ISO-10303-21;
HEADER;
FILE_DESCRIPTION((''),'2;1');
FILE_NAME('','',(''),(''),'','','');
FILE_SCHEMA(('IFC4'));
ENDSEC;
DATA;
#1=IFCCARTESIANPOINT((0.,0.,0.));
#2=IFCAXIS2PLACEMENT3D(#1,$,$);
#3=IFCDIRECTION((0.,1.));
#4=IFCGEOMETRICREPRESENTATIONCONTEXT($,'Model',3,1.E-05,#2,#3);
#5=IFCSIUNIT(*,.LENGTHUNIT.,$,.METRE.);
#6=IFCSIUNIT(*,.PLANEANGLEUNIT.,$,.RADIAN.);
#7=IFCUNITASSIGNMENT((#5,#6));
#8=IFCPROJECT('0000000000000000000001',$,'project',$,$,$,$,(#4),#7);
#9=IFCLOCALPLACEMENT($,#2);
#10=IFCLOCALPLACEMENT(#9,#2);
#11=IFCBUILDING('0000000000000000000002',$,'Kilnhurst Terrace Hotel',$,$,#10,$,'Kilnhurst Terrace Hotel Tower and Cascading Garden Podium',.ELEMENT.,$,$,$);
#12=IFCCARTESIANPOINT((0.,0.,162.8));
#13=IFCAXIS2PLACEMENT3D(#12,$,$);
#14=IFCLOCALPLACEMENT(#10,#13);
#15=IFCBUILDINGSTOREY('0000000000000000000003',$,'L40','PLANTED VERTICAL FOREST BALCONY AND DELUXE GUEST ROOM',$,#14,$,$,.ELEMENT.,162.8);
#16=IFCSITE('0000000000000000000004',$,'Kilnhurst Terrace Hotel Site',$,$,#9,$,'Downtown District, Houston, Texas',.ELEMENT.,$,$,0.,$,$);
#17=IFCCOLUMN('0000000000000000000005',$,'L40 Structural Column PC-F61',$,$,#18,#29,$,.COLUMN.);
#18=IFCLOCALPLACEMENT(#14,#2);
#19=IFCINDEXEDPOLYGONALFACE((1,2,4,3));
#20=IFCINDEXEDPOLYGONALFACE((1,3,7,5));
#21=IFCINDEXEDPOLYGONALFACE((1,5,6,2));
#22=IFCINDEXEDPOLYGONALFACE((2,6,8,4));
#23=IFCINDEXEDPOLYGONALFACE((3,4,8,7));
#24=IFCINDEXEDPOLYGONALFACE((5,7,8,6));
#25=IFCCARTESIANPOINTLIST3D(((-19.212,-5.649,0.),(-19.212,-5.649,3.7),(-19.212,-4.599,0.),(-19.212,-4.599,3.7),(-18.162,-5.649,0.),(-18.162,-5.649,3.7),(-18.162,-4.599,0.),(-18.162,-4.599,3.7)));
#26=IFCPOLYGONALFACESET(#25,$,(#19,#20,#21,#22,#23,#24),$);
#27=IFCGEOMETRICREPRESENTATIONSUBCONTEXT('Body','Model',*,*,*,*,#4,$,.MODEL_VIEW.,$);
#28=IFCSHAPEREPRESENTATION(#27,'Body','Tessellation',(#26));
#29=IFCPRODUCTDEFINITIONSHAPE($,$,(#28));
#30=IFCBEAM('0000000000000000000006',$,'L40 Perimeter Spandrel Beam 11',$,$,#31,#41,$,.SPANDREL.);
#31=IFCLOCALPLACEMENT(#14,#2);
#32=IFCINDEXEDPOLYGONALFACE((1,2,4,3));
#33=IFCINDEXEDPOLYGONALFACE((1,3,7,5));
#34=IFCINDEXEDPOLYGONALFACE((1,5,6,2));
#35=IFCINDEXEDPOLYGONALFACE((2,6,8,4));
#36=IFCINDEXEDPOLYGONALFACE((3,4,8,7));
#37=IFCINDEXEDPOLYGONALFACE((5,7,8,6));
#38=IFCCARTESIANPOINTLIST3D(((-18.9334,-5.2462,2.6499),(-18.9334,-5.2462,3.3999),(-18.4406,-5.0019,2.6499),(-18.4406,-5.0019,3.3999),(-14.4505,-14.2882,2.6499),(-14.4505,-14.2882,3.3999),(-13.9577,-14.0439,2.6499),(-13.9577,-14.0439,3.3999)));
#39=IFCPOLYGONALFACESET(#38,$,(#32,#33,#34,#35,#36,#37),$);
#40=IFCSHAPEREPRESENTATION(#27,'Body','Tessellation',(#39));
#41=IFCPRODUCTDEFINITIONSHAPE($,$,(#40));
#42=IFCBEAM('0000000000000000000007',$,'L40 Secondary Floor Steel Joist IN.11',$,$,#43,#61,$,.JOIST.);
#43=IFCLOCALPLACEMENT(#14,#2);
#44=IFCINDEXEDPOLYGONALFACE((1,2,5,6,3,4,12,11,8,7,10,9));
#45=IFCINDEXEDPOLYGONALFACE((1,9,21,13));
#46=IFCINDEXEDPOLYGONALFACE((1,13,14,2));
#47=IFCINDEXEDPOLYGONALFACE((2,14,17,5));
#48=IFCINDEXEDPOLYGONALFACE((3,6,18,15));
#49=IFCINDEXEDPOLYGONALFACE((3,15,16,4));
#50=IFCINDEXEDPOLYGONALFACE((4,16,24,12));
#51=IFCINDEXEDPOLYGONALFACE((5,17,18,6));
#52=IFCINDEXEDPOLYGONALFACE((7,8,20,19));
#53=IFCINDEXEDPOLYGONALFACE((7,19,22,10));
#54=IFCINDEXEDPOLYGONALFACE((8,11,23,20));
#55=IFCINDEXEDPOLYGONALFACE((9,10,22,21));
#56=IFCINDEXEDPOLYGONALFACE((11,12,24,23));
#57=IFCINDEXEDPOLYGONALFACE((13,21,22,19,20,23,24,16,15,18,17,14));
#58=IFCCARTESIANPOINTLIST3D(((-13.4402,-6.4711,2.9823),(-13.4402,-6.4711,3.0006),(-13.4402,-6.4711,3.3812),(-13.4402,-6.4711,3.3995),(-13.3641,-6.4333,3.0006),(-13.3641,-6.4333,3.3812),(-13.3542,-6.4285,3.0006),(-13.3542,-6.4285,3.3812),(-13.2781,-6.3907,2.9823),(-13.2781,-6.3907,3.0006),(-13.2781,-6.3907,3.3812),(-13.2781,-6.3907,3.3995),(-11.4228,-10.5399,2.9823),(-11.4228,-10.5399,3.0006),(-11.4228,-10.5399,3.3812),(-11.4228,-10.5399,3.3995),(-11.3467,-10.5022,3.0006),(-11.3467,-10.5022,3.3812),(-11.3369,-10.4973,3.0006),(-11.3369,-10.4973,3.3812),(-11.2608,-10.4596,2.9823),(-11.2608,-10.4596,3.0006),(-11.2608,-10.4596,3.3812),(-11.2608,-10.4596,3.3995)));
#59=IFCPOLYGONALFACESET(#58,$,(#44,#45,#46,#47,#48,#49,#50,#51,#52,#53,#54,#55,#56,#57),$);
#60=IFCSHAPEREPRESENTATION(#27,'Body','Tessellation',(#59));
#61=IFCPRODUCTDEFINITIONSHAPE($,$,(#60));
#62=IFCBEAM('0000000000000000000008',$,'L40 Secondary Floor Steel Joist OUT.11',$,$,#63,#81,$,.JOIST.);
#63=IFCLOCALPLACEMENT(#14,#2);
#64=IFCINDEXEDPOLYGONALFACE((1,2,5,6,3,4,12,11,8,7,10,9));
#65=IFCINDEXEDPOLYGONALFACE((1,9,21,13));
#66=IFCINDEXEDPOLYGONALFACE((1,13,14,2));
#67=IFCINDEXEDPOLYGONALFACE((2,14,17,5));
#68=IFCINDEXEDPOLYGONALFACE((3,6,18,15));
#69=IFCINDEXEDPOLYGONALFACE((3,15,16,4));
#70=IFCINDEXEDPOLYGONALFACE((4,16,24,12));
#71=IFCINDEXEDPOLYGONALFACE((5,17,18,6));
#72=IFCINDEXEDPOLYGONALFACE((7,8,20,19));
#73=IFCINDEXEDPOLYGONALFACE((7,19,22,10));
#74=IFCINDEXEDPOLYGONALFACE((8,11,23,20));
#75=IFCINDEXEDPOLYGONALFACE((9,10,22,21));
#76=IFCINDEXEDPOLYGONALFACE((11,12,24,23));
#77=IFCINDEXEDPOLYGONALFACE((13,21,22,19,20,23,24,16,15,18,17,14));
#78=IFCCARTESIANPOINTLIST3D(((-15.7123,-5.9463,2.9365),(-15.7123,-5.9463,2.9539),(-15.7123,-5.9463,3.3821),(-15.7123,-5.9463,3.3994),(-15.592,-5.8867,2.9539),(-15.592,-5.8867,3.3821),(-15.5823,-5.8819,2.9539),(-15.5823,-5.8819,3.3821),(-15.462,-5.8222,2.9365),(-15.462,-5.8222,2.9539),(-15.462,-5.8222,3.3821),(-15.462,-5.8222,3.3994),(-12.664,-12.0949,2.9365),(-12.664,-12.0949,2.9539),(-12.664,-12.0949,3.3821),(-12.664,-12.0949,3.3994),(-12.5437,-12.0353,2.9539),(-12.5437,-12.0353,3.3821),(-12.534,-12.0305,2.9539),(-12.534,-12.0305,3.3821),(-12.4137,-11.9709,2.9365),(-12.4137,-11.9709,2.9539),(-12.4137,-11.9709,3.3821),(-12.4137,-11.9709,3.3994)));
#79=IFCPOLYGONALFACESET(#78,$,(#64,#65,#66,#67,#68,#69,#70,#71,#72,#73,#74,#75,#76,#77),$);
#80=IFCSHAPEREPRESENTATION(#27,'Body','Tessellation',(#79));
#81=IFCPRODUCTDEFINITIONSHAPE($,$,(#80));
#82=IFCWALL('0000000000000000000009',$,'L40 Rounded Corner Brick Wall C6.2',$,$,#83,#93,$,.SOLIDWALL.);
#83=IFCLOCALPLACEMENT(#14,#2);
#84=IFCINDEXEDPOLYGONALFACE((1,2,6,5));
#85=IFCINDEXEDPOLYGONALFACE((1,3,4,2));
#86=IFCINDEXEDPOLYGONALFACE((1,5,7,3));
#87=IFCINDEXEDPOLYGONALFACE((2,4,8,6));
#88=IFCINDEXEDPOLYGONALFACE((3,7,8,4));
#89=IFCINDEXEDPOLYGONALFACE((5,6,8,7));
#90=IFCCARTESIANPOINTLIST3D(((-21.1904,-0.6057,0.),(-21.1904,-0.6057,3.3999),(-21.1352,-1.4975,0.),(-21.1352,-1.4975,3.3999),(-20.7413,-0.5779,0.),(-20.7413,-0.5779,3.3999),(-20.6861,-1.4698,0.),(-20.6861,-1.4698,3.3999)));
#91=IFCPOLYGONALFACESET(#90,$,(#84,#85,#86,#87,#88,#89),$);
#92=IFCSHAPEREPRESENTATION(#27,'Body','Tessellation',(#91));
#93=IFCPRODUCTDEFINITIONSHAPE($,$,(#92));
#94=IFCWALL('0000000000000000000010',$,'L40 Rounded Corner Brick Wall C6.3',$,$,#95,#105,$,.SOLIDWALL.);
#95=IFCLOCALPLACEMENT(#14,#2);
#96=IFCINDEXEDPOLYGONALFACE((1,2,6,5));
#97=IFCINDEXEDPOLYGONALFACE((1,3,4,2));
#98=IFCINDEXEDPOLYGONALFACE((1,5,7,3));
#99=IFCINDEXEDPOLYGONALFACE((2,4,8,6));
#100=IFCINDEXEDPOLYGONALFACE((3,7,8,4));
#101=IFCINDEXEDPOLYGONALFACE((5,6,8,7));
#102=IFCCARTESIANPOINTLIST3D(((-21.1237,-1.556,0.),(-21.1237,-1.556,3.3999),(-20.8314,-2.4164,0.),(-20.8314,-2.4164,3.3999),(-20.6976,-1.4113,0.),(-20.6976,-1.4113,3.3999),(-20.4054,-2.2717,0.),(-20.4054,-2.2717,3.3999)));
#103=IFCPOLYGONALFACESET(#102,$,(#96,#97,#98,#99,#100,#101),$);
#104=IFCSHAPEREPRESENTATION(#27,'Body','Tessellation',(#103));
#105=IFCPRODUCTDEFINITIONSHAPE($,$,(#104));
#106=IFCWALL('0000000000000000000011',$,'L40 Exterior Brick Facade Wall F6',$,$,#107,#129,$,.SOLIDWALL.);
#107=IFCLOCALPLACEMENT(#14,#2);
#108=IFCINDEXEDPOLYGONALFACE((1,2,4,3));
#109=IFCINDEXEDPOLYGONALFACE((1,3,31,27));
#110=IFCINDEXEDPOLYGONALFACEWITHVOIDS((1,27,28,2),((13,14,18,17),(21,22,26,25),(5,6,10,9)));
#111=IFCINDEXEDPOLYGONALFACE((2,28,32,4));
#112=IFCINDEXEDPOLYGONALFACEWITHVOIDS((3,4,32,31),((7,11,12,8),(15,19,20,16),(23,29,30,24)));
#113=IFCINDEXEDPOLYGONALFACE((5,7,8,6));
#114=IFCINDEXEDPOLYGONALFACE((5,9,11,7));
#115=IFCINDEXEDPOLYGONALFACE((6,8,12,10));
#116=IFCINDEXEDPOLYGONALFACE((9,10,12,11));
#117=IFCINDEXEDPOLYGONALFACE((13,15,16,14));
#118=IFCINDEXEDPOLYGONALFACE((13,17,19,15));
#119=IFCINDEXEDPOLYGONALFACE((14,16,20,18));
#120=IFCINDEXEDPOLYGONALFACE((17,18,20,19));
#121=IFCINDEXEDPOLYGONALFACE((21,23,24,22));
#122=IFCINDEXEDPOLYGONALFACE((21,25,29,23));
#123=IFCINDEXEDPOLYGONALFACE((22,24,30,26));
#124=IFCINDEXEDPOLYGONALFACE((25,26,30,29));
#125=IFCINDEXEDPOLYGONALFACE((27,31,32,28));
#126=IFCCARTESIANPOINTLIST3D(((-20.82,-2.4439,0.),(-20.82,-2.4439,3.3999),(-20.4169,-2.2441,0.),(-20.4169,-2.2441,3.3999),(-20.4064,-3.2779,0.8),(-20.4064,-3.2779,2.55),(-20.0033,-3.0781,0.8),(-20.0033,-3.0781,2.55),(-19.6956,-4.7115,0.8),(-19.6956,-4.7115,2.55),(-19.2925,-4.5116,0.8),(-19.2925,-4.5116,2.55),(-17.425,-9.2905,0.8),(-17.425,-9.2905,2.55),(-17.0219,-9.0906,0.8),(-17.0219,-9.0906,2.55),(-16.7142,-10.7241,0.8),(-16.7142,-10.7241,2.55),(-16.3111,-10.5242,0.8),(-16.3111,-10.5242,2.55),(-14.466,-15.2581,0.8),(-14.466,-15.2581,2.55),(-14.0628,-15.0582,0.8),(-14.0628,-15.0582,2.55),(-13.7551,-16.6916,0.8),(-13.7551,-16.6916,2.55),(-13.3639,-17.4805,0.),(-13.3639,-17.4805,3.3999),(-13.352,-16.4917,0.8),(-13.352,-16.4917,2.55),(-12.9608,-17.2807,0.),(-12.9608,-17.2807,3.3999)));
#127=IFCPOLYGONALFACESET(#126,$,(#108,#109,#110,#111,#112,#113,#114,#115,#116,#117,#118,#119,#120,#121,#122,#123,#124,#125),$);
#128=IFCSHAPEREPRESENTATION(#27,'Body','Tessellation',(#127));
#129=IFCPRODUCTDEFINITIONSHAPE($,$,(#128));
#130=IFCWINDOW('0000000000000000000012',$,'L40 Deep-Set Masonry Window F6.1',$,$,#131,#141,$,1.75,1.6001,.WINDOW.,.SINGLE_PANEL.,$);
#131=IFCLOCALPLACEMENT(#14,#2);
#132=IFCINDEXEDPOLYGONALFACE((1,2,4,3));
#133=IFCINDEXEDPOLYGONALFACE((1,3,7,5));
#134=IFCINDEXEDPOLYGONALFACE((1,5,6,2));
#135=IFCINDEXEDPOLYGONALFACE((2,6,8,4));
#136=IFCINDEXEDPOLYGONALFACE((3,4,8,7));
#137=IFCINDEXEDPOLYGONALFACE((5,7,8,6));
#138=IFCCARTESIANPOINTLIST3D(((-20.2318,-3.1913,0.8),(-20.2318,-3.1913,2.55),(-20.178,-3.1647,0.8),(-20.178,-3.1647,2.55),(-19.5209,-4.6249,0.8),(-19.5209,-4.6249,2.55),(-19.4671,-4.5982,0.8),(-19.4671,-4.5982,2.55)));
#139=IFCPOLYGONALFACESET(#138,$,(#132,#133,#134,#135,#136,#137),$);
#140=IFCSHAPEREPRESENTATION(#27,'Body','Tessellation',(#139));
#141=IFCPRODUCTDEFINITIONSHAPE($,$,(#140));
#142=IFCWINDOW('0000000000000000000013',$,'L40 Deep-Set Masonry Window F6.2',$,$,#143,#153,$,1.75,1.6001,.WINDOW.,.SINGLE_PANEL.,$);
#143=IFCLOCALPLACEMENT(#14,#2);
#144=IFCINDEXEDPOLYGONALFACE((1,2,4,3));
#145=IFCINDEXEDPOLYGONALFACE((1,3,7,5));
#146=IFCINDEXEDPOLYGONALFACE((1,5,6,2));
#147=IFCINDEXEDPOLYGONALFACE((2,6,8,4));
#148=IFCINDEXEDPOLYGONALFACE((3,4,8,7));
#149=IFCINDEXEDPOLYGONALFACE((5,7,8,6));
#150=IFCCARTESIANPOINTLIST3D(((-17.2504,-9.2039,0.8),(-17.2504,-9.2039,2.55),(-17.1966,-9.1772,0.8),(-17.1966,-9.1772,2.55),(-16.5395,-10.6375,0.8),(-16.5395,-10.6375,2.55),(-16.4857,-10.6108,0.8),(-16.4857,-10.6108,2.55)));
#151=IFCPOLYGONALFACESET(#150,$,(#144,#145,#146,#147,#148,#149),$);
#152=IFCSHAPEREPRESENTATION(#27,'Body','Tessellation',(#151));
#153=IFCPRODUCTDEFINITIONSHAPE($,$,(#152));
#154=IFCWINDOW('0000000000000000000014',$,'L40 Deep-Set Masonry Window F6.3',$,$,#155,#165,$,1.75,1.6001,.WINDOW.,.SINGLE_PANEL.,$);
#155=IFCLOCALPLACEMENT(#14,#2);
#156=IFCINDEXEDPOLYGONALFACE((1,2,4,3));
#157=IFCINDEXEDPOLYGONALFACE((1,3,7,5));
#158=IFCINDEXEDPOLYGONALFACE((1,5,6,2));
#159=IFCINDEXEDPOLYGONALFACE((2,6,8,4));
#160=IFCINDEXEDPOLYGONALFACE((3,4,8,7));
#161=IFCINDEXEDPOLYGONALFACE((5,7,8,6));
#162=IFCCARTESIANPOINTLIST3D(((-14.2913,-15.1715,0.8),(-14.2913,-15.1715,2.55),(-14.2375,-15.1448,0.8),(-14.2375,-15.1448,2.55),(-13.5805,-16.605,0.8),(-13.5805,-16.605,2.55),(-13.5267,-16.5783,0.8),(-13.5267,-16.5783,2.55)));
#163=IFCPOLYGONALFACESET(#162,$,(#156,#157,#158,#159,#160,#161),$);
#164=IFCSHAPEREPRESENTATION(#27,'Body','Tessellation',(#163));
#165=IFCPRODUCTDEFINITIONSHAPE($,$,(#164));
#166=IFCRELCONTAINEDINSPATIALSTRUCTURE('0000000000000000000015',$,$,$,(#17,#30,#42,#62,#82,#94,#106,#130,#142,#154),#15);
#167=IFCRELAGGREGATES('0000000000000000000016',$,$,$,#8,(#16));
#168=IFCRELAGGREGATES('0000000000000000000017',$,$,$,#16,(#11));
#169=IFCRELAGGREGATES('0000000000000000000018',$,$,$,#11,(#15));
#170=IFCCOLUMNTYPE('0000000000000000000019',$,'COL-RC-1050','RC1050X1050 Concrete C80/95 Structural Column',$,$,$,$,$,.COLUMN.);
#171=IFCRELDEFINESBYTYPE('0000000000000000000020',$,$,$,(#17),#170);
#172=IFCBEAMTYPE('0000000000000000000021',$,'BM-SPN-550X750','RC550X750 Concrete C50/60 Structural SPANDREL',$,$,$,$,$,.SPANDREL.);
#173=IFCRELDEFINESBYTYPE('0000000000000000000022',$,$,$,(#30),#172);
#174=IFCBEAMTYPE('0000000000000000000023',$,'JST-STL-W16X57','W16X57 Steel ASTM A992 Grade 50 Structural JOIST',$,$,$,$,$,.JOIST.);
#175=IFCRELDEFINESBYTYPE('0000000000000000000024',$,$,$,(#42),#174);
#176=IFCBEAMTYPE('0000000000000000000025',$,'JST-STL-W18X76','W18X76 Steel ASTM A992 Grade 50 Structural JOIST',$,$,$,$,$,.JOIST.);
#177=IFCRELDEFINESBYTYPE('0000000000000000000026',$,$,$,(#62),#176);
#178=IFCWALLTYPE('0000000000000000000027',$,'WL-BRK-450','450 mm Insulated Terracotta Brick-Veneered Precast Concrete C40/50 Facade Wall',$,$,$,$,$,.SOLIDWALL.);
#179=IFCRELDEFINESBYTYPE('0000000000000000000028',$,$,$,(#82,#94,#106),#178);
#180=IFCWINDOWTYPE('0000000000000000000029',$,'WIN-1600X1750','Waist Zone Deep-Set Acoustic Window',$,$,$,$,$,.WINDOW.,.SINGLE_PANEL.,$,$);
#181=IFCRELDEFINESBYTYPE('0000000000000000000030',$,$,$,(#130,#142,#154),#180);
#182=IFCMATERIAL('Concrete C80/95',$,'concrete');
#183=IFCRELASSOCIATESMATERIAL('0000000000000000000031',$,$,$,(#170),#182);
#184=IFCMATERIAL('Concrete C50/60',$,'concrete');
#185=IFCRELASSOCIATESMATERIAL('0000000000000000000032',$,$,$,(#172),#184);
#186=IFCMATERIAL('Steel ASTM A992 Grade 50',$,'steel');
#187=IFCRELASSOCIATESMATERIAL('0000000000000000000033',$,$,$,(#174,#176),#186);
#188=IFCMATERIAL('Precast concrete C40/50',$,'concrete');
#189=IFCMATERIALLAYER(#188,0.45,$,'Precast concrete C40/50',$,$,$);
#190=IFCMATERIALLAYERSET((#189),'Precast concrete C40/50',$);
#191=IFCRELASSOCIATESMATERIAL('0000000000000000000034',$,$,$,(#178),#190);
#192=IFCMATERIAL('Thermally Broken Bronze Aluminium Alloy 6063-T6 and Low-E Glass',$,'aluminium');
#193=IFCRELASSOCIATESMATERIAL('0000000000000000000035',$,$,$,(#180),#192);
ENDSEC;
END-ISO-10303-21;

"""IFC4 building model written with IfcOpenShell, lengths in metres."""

from ifc_helpers import new_model, si_unit, direction, frame, frame_2d, origin, origin_2d, place, context, subcontext, project, spatial, rectangle, i_section, extrude, material, layer, layer_set, material_profile, profile_set, type_object, element, fill, save


model = new_model("IFC4")

# Units and contexts
model_context = context("Model", 3, precision=1e-05, world=origin(), true_north=direction((0.0, 1.0)))
body_context = subcontext(model_context, "Body", "Model", "MODEL_VIEW")
ifc_project = project(units=[si_unit("LENGTHUNIT", "METRE"), si_unit("PLANEANGLEUNIT", "RADIAN")], contexts=[model_context])

# Site, building, storey
site_placement = place(None, origin())
site = spatial("IfcSite", under=ifc_project, at=site_placement, Name="Kilnhurst Terrace Hotel Site", LongName="Downtown District, Houston, Texas", CompositionType="ELEMENT", RefElevation=0.0)
building_placement = place(site_placement, origin())
building = spatial("IfcBuilding", under=site, at=building_placement, Name="Kilnhurst Terrace Hotel", LongName="Kilnhurst Terrace Hotel Tower and Cascading Garden Podium", CompositionType="ELEMENT")
storey_placement = place(building_placement, frame((0.0, 0.0, 162.8)))
storey = spatial("IfcBuildingStorey", under=building, at=storey_placement, Name="L40", Description="PLANTED VERTICAL FOREST BALCONY AND DELUXE GUEST ROOM", CompositionType="ELEMENT", Elevation=162.8)

# Column
ifc_material_1 = material(Name="Concrete C80/95", Category="concrete")
ifc_material_profile_1 = material_profile(ifc_material_1, rectangle(XDim=1.05, YDim=1.05, at=origin_2d()), Name="RC1050X1050")
ifc_profile_set_1 = profile_set([ifc_material_profile_1], Name="Concrete C80/95")
column_type = type_object("IfcColumnType", Name="COL-RC-1050", Description="RC1050X1050 Concrete C80/95 Structural Column", PredefinedType="COLUMN", material=ifc_profile_set_1)
column_placement = place(storey_placement, frame((-18.687, -5.124, 0.0), z_axis=(0.0, 0.0, 1.0), x_axis=(1.0, 0.0, 0.0)))
element("IfcColumn", 1, at=column_placement, inside=storey, type_object=column_type, Name="L40 Structural Column PC-F61", PredefinedType="COLUMN", context=body_context, shape_type="SweptSolid", body=[
    extrude(rectangle(XDim=1.05, YDim=1.05, at=origin_2d()), origin(), (0.0, 0.0, 1.0), 3.7),
])

# Beams
ifc_material_2 = material(Name="Concrete C50/60", Category="concrete")
ifc_material_profile_2 = material_profile(ifc_material_2, rectangle(XDim=0.55, YDim=0.75, at=origin_2d()), Name="RC550X750")
ifc_profile_set_2 = profile_set([ifc_material_profile_2], Name="Concrete C50/60")
beam_type_1 = type_object("IfcBeamType", Name="BM-SPN-550X750", Description="RC550X750 Concrete C50/60 Structural SPANDREL", PredefinedType="SPANDREL", material=ifc_profile_set_2)
beam_1_placement = place(storey_placement, frame((-18.687, -5.124, 3.0249), z_axis=(0.444192, -0.895932, 0.0), x_axis=(0.895932, 0.444192, 0.0)))
element("IfcBeam", 2, at=beam_1_placement, inside=storey, type_object=beam_type_1, Name="L40 Perimeter Spandrel Beam 11", PredefinedType="SPANDREL", context=body_context, shape_type="SweptSolid", body=[
    extrude(rectangle(XDim=0.55, YDim=0.75, at=origin_2d()), origin(), (0.0, 0.0, 1.0), 10.0923),
])
ifc_material_3 = material(Name="Steel ASTM A992 Grade 50", Category="steel")
ifc_material_profile_3 = material_profile(ifc_material_3, i_section(OverallWidth=0.1809, OverallDepth=0.4172, WebThickness=0.011, FlangeThickness=0.0183, at=origin_2d()), Name="W16X57")
ifc_profile_set_3 = profile_set([ifc_material_profile_3], Name="Steel ASTM A992 Grade 50")
beam_type_2 = type_object("IfcBeamType", Name="JST-STL-W16X57", Description="W16X57 Steel ASTM A992 Grade 50 Structural JOIST", PredefinedType="JOIST", material=ifc_profile_set_3)
beam_2_placement = place(storey_placement, frame((-13.3591, -6.4309, 3.1909), z_axis=(0.444201, -0.895927, 0.0), x_axis=(0.895927, 0.444201, 0.0)))
element("IfcBeam", 3, at=beam_2_placement, inside=storey, type_object=beam_type_2, Name="L40 Secondary Floor Steel Joist IN.11", PredefinedType="JOIST", context=body_context, shape_type="SweptSolid", body=[
    extrude(i_section(OverallWidth=0.1809, OverallDepth=0.4172, WebThickness=0.011, FlangeThickness=0.0183, at=origin_2d()), origin(), (0.0, 0.0, 1.0), 4.5415),
])
ifc_material_profile_4 = material_profile(ifc_material_3, i_section(OverallWidth=0.2793, OverallDepth=0.4629, WebThickness=0.0107, FlangeThickness=0.0173, at=origin_2d()), Name="W18X76")
ifc_profile_set_4 = profile_set([ifc_material_profile_4], Name="Steel ASTM A992 Grade 50")
beam_type_3 = type_object("IfcBeamType", Name="JST-STL-W18X76", Description="W18X76 Steel ASTM A992 Grade 50 Structural JOIST", PredefinedType="JOIST", material=ifc_profile_set_4)
beam_3_placement = place(storey_placement, frame((-15.5872, -5.8843, 3.168), z_axis=(0.44418, -0.895938, 0.0), x_axis=(0.895938, 0.44418, 0.0)))
element("IfcBeam", 4, at=beam_3_placement, inside=storey, type_object=beam_type_3, Name="L40 Secondary Floor Steel Joist OUT.11", PredefinedType="JOIST", context=body_context, shape_type="SweptSolid", body=[
    extrude(i_section(OverallWidth=0.2793, OverallDepth=0.4629, WebThickness=0.0107, FlangeThickness=0.0173, at=origin_2d()), origin(), (0.0, 0.0, 1.0), 6.8628),
])

# Walls
ifc_material_4 = material(Name="Precast concrete C40/50", Category="concrete")
ifc_layer_1 = layer(ifc_material_4, 0.45, Name="Precast concrete C40/50")
ifc_layer_set_1 = layer_set([ifc_layer_1], Name="Precast concrete C40/50")
wall_type_1 = type_object("IfcWallType", Name="WL-BRK-450", Description="450 mm Insulated Terracotta Brick-Veneered Precast Concrete C40/50 Facade Wall", PredefinedType="SOLIDWALL", material=ifc_layer_set_1)
wall_1_placement = place(storey_placement, frame((-20.9658, -0.5918, 0.0), z_axis=(0.0, 0.0, 1.0), x_axis=(0.061749, -0.998092, 0.0)))
element("IfcWall", 5, at=wall_1_placement, inside=storey, type_object=wall_type_1, Name="L40 Rounded Corner Brick Wall C6.2", PredefinedType="SOLIDWALL", context=body_context, shape_type="SweptSolid", body=[
    extrude(rectangle(XDim=0.8936, YDim=0.45, at=frame_2d((0.4468, 0.0))), origin(), (0.0, 0.0, 1.0), 3.3999),
])
wall_2_placement = place(storey_placement, frame((-20.9106, -1.4836, 0.0), z_axis=(0.0, 0.0, 1.0), x_axis=(0.321623, -0.946868, 0.0)))
element("IfcWall", 6, at=wall_2_placement, inside=storey, type_object=wall_type_1, Name="L40 Rounded Corner Brick Wall C6.3", PredefinedType="SOLIDWALL", context=body_context, shape_type="SweptSolid", body=[
    extrude(rectangle(XDim=0.9087, YDim=0.45, at=frame_2d((0.4543, 0.0))), origin(), (0.0, 0.0, 1.0), 3.3999),
])

# Wall, openings, windows
wall_3_placement = place(storey_placement, frame((-20.6184, -2.344, 0.0), z_axis=(0.0, 0.0, 1.0), x_axis=(0.444244, -0.895906, 0.0)))
wall_3 = element("IfcWall", 7, at=wall_3_placement, inside=storey, type_object=wall_type_1, Name="L40 Exterior Brick Facade Wall F6", PredefinedType="SOLIDWALL", context=body_context, shape_type="SweptSolid", body=[
    extrude(rectangle(XDim=16.7837, YDim=0.45, at=frame_2d((8.3918, 0.0))), origin(), (0.0, 0.0, 1.0), 3.3999),
])
opening_1_placement = place(wall_3_placement, frame((0.9309, 0.0, 0.8)))
opening_1 = element("IfcOpeningElement", 8, at=opening_1_placement, cuts=wall_3, PredefinedType="OPENING", context=body_context, shape_type="SweptSolid", body=[
    extrude(rectangle(XDim=1.6001, YDim=1.75, at=frame_2d((0.8, 0.875))), frame((0.0, 0.2349, 0.0), z_axis=(0.0, -1.0, 0.0), x_axis=(1.0, 0.0, 0.0)), (0.0, 0.0, 1.0), 0.47),
])
opening_2_placement = place(wall_3_placement, frame((7.6421, 0.0, 0.8)))
opening_2 = element("IfcOpeningElement", 9, at=opening_2_placement, cuts=wall_3, PredefinedType="OPENING", context=body_context, shape_type="SweptSolid", body=[
    extrude(rectangle(XDim=1.6001, YDim=1.75, at=frame_2d((0.8, 0.875))), frame((0.0, 0.2349, 0.0), z_axis=(0.0, -1.0, 0.0), x_axis=(1.0, 0.0, 0.0)), (0.0, 0.0, 1.0), 0.47),
])
opening_3_placement = place(wall_3_placement, frame((14.303, 0.0, 0.8)))
opening_3 = element("IfcOpeningElement", 10, at=opening_3_placement, cuts=wall_3, PredefinedType="OPENING", context=body_context, shape_type="SweptSolid", body=[
    extrude(rectangle(XDim=1.6001, YDim=1.75, at=frame_2d((0.8, 0.875))), frame((0.0, 0.2349, 0.0), z_axis=(0.0, -1.0, 0.0), x_axis=(1.0, 0.0, 0.0)), (0.0, 0.0, 1.0), 0.47),
])
ifc_material_5 = material(Name="Thermally Broken Bronze Aluminium Alloy 6063-T6 and Low-E Glass", Category="aluminium")
window_type = type_object("IfcWindowType", Name="WIN-1600X1750", Description="Waist Zone Deep-Set Acoustic Window", PartitioningType="SINGLE_PANEL", PredefinedType="WINDOW", material=ifc_material_5)
window_1_placement = place(opening_1_placement, origin())
window_1 = element("IfcWindow", 11, at=window_1_placement, inside=storey, type_object=window_type, Name="L40 Deep-Set Masonry Window F6.1", OverallHeight=1.75, OverallWidth=1.6001, PartitioningType="SINGLE_PANEL", PredefinedType="WINDOW", context=body_context, shape_type="SweptSolid", body=[
    extrude(rectangle(XDim=1.6001, YDim=1.75, at=frame_2d((0.8, 0.875))), frame((0.0, 0.03, 0.0), z_axis=(0.0, -1.0, 0.0), x_axis=(1.0, 0.0, 0.0)), (0.0, 0.0, 1.0), 0.0601),
])
fill(opening_1, window_1)
window_2_placement = place(opening_2_placement, origin())
window_2 = element("IfcWindow", 12, at=window_2_placement, inside=storey, type_object=window_type, Name="L40 Deep-Set Masonry Window F6.2", OverallHeight=1.75, OverallWidth=1.6001, PartitioningType="SINGLE_PANEL", PredefinedType="WINDOW", context=body_context, shape_type="SweptSolid", body=[
    extrude(rectangle(XDim=1.6001, YDim=1.75, at=frame_2d((0.8, 0.875))), frame((0.0, 0.03, 0.0), z_axis=(0.0, -1.0, 0.0), x_axis=(1.0, 0.0, 0.0)), (0.0, 0.0, 1.0), 0.0601),
])
fill(opening_2, window_2)
window_3_placement = place(opening_3_placement, origin())
window_3 = element("IfcWindow", 13, at=window_3_placement, inside=storey, type_object=window_type, Name="L40 Deep-Set Masonry Window F6.3", OverallHeight=1.75, OverallWidth=1.6001, PartitioningType="SINGLE_PANEL", PredefinedType="WINDOW", context=body_context, shape_type="SweptSolid", body=[
    extrude(rectangle(XDim=1.6001, YDim=1.75, at=frame_2d((0.8, 0.875))), frame((0.0, 0.03, 0.0), z_axis=(0.0, -1.0, 0.0), x_axis=(1.0, 0.0, 0.0)), (0.0, 0.0, 1.0), 0.0601),
])
fill(opening_3, window_3)

save(model, "model.ifc")
